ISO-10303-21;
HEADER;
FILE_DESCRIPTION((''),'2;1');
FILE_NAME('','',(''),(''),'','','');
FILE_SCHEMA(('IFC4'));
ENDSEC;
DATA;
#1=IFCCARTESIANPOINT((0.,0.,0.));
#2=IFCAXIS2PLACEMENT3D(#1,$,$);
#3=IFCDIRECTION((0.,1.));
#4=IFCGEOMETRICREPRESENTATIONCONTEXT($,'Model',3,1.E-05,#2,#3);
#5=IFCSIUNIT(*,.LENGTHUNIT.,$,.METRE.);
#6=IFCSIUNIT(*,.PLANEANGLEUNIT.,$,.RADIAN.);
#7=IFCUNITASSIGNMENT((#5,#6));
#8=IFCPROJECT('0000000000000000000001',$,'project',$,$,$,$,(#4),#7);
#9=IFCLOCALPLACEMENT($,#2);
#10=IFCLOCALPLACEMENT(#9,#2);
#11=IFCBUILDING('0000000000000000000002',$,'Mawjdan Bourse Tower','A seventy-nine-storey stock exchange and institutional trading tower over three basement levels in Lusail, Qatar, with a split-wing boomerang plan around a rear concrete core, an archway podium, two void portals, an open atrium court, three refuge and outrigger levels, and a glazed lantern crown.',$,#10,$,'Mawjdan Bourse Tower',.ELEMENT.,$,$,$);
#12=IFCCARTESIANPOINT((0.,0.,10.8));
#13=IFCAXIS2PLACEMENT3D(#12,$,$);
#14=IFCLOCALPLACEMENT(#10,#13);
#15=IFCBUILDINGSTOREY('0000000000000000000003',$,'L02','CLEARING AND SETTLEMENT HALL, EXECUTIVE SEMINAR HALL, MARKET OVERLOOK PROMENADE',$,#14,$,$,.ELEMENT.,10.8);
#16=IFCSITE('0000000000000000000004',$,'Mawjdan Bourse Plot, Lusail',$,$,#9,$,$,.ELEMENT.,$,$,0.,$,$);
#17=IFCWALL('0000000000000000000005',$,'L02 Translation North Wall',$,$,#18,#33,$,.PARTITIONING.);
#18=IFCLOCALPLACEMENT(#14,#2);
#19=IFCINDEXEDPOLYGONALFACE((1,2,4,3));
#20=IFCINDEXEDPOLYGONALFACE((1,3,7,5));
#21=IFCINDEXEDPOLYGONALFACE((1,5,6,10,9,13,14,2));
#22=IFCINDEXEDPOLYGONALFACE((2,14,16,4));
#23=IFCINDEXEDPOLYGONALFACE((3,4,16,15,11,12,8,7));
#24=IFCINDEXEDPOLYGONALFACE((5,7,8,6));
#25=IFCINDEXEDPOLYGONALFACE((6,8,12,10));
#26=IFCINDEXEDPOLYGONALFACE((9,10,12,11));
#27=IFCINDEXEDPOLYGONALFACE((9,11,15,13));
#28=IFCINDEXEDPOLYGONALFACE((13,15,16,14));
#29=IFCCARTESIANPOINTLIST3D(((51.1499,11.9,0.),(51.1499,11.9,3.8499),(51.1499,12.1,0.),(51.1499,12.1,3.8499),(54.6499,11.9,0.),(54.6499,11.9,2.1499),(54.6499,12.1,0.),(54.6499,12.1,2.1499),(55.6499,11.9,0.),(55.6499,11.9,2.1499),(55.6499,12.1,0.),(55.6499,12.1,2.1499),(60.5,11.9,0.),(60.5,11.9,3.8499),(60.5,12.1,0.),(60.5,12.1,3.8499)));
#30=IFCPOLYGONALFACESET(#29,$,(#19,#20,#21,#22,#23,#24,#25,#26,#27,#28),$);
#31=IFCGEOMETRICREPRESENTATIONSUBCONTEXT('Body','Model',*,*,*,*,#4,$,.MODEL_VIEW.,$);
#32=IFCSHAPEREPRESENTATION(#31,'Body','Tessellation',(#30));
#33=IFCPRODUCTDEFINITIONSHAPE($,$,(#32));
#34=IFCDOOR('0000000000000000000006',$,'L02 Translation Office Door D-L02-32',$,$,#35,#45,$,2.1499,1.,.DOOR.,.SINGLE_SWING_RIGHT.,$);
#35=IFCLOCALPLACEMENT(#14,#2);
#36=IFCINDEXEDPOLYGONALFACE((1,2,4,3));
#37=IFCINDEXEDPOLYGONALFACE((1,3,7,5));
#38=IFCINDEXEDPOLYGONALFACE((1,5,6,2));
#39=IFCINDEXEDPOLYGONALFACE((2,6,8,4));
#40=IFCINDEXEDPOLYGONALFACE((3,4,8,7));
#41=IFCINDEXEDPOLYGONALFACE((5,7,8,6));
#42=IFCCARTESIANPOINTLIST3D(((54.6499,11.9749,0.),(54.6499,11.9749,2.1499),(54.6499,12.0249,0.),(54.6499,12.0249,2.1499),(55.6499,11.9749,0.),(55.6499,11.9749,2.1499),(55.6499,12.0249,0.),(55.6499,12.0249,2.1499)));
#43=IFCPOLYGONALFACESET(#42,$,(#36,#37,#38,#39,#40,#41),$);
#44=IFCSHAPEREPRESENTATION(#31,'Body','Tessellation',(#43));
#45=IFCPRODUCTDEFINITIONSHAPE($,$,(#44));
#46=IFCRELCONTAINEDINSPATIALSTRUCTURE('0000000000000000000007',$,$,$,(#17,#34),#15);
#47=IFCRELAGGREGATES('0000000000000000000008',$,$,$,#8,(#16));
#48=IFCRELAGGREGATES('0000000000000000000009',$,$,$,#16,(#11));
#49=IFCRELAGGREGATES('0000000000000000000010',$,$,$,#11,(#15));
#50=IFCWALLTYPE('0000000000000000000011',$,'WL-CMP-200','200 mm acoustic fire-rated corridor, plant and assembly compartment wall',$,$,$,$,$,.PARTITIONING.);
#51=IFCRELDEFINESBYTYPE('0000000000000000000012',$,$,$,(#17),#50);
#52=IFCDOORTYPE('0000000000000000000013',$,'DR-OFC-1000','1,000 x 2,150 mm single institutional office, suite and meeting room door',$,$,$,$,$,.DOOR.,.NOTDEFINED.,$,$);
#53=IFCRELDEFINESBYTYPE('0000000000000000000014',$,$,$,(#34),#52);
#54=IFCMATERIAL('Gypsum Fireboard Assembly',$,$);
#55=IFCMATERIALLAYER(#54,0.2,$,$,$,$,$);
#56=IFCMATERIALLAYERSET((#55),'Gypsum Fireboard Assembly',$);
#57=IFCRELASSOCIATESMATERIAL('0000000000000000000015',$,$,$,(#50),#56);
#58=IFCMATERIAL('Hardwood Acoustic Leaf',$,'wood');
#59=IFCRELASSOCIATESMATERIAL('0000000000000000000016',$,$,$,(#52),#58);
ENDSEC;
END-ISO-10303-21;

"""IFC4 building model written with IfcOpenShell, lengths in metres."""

from ifc_helpers import new_model, si_unit, direction, frame, frame_2d, origin, place, context, subcontext, project, spatial, rectangle, extrude, material, layer, layer_set, type_object, element, fill, save


model = new_model("IFC4")

# Units and contexts
model_context = context("Model", 3, precision=1e-05, world=origin(), true_north=direction((0.0, 1.0)))
body_context = subcontext(model_context, "Body", "Model", "MODEL_VIEW")
ifc_project = project(units=[si_unit("LENGTHUNIT", "METRE"), si_unit("PLANEANGLEUNIT", "RADIAN")], contexts=[model_context])

# Site, building, storey
site_placement = place(None, origin())
site = spatial("IfcSite", under=ifc_project, at=site_placement, Name="Mawjdan Bourse Plot, Lusail", CompositionType="ELEMENT", RefElevation=0.0)
building_placement = place(site_placement, origin())
building = spatial("IfcBuilding", under=site, at=building_placement, Name="Mawjdan Bourse Tower", Description="A seventy-nine-storey stock exchange and institutional trading tower over three basement levels in Lusail, Qatar, with a split-wing boomerang plan around a rear concrete core, an archway podium, two void portals, an open atrium court, three refuge and outrigger levels, and a glazed lantern crown.", LongName="Mawjdan Bourse Tower", CompositionType="ELEMENT")
storey_placement = place(building_placement, frame((0.0, 0.0, 10.8)))
storey = spatial("IfcBuildingStorey", under=building, at=storey_placement, Name="L02", Description="CLEARING AND SETTLEMENT HALL, EXECUTIVE SEMINAR HALL, MARKET OVERLOOK PROMENADE", CompositionType="ELEMENT", Elevation=10.8)

# Wall, opening, door
ifc_material_1 = material(Name="Gypsum Fireboard Assembly")
ifc_layer_1 = layer(ifc_material_1, 0.2)
ifc_layer_set_1 = layer_set([ifc_layer_1], Name="Gypsum Fireboard Assembly")
wall_type_1 = type_object("IfcWallType", Name="WL-CMP-200", Description="200 mm acoustic fire-rated corridor, plant and assembly compartment wall", PredefinedType="PARTITIONING", material=ifc_layer_set_1)
wall_1_placement = place(storey_placement, frame((51.1499, 12.0, 0.0), z_axis=(0.0, 0.0, 1.0), x_axis=(1.0, 0.0, 0.0)))
wall_1 = element("IfcWall", 1, at=wall_1_placement, inside=storey, type_object=wall_type_1, Name="L02 Translation North Wall", PredefinedType="PARTITIONING", context=body_context, shape_type="SweptSolid", body=[
    extrude(rectangle(XDim=9.3501, YDim=0.2, at=frame_2d((4.675, 0.0))), origin(), (0.0, 0.0, 1.0), 3.8499),
])
opening_placement = place(wall_1_placement, frame((3.5, 0.0, 0.0)))
opening = element("IfcOpeningElement", 2, at=opening_placement, cuts=wall_1, PredefinedType="OPENING", context=body_context, shape_type="SweptSolid", body=[
    extrude(rectangle(XDim=1.0, YDim=2.1499, at=frame_2d((0.5, 1.075))), frame((0.0, 0.1099, 0.0), z_axis=(0.0, -1.0, 0.0), x_axis=(1.0, 0.0, 0.0)), (0.0, 0.0, 1.0), 0.22),
])
ifc_material_2 = material(Name="Hardwood Acoustic Leaf", Category="wood")
door_type = type_object("IfcDoorType", Name="DR-OFC-1000", Description="1,000 x 2,150 mm single institutional office, suite and meeting room door", OperationType="NOTDEFINED", PredefinedType="DOOR", material=ifc_material_2)
door_placement = place(opening_placement, origin())
door = element("IfcDoor", 3, at=door_placement, inside=storey, type_object=door_type, Name="L02 Translation Office Door D-L02-32", OperationType="SINGLE_SWING_RIGHT", OverallHeight=2.1499, OverallWidth=1.0, PredefinedType="DOOR", context=body_context, shape_type="SweptSolid", body=[
    extrude(rectangle(XDim=1.0, YDim=2.1499, at=frame_2d((0.5, 1.075))), frame((0.0, 0.0249, 0.0), z_axis=(0.0, -1.0, 0.0), x_axis=(1.0, 0.0, 0.0)), (0.0, 0.0, 1.0), 0.05),
])
fill(opening, door)

save(model, "model.ifc")
